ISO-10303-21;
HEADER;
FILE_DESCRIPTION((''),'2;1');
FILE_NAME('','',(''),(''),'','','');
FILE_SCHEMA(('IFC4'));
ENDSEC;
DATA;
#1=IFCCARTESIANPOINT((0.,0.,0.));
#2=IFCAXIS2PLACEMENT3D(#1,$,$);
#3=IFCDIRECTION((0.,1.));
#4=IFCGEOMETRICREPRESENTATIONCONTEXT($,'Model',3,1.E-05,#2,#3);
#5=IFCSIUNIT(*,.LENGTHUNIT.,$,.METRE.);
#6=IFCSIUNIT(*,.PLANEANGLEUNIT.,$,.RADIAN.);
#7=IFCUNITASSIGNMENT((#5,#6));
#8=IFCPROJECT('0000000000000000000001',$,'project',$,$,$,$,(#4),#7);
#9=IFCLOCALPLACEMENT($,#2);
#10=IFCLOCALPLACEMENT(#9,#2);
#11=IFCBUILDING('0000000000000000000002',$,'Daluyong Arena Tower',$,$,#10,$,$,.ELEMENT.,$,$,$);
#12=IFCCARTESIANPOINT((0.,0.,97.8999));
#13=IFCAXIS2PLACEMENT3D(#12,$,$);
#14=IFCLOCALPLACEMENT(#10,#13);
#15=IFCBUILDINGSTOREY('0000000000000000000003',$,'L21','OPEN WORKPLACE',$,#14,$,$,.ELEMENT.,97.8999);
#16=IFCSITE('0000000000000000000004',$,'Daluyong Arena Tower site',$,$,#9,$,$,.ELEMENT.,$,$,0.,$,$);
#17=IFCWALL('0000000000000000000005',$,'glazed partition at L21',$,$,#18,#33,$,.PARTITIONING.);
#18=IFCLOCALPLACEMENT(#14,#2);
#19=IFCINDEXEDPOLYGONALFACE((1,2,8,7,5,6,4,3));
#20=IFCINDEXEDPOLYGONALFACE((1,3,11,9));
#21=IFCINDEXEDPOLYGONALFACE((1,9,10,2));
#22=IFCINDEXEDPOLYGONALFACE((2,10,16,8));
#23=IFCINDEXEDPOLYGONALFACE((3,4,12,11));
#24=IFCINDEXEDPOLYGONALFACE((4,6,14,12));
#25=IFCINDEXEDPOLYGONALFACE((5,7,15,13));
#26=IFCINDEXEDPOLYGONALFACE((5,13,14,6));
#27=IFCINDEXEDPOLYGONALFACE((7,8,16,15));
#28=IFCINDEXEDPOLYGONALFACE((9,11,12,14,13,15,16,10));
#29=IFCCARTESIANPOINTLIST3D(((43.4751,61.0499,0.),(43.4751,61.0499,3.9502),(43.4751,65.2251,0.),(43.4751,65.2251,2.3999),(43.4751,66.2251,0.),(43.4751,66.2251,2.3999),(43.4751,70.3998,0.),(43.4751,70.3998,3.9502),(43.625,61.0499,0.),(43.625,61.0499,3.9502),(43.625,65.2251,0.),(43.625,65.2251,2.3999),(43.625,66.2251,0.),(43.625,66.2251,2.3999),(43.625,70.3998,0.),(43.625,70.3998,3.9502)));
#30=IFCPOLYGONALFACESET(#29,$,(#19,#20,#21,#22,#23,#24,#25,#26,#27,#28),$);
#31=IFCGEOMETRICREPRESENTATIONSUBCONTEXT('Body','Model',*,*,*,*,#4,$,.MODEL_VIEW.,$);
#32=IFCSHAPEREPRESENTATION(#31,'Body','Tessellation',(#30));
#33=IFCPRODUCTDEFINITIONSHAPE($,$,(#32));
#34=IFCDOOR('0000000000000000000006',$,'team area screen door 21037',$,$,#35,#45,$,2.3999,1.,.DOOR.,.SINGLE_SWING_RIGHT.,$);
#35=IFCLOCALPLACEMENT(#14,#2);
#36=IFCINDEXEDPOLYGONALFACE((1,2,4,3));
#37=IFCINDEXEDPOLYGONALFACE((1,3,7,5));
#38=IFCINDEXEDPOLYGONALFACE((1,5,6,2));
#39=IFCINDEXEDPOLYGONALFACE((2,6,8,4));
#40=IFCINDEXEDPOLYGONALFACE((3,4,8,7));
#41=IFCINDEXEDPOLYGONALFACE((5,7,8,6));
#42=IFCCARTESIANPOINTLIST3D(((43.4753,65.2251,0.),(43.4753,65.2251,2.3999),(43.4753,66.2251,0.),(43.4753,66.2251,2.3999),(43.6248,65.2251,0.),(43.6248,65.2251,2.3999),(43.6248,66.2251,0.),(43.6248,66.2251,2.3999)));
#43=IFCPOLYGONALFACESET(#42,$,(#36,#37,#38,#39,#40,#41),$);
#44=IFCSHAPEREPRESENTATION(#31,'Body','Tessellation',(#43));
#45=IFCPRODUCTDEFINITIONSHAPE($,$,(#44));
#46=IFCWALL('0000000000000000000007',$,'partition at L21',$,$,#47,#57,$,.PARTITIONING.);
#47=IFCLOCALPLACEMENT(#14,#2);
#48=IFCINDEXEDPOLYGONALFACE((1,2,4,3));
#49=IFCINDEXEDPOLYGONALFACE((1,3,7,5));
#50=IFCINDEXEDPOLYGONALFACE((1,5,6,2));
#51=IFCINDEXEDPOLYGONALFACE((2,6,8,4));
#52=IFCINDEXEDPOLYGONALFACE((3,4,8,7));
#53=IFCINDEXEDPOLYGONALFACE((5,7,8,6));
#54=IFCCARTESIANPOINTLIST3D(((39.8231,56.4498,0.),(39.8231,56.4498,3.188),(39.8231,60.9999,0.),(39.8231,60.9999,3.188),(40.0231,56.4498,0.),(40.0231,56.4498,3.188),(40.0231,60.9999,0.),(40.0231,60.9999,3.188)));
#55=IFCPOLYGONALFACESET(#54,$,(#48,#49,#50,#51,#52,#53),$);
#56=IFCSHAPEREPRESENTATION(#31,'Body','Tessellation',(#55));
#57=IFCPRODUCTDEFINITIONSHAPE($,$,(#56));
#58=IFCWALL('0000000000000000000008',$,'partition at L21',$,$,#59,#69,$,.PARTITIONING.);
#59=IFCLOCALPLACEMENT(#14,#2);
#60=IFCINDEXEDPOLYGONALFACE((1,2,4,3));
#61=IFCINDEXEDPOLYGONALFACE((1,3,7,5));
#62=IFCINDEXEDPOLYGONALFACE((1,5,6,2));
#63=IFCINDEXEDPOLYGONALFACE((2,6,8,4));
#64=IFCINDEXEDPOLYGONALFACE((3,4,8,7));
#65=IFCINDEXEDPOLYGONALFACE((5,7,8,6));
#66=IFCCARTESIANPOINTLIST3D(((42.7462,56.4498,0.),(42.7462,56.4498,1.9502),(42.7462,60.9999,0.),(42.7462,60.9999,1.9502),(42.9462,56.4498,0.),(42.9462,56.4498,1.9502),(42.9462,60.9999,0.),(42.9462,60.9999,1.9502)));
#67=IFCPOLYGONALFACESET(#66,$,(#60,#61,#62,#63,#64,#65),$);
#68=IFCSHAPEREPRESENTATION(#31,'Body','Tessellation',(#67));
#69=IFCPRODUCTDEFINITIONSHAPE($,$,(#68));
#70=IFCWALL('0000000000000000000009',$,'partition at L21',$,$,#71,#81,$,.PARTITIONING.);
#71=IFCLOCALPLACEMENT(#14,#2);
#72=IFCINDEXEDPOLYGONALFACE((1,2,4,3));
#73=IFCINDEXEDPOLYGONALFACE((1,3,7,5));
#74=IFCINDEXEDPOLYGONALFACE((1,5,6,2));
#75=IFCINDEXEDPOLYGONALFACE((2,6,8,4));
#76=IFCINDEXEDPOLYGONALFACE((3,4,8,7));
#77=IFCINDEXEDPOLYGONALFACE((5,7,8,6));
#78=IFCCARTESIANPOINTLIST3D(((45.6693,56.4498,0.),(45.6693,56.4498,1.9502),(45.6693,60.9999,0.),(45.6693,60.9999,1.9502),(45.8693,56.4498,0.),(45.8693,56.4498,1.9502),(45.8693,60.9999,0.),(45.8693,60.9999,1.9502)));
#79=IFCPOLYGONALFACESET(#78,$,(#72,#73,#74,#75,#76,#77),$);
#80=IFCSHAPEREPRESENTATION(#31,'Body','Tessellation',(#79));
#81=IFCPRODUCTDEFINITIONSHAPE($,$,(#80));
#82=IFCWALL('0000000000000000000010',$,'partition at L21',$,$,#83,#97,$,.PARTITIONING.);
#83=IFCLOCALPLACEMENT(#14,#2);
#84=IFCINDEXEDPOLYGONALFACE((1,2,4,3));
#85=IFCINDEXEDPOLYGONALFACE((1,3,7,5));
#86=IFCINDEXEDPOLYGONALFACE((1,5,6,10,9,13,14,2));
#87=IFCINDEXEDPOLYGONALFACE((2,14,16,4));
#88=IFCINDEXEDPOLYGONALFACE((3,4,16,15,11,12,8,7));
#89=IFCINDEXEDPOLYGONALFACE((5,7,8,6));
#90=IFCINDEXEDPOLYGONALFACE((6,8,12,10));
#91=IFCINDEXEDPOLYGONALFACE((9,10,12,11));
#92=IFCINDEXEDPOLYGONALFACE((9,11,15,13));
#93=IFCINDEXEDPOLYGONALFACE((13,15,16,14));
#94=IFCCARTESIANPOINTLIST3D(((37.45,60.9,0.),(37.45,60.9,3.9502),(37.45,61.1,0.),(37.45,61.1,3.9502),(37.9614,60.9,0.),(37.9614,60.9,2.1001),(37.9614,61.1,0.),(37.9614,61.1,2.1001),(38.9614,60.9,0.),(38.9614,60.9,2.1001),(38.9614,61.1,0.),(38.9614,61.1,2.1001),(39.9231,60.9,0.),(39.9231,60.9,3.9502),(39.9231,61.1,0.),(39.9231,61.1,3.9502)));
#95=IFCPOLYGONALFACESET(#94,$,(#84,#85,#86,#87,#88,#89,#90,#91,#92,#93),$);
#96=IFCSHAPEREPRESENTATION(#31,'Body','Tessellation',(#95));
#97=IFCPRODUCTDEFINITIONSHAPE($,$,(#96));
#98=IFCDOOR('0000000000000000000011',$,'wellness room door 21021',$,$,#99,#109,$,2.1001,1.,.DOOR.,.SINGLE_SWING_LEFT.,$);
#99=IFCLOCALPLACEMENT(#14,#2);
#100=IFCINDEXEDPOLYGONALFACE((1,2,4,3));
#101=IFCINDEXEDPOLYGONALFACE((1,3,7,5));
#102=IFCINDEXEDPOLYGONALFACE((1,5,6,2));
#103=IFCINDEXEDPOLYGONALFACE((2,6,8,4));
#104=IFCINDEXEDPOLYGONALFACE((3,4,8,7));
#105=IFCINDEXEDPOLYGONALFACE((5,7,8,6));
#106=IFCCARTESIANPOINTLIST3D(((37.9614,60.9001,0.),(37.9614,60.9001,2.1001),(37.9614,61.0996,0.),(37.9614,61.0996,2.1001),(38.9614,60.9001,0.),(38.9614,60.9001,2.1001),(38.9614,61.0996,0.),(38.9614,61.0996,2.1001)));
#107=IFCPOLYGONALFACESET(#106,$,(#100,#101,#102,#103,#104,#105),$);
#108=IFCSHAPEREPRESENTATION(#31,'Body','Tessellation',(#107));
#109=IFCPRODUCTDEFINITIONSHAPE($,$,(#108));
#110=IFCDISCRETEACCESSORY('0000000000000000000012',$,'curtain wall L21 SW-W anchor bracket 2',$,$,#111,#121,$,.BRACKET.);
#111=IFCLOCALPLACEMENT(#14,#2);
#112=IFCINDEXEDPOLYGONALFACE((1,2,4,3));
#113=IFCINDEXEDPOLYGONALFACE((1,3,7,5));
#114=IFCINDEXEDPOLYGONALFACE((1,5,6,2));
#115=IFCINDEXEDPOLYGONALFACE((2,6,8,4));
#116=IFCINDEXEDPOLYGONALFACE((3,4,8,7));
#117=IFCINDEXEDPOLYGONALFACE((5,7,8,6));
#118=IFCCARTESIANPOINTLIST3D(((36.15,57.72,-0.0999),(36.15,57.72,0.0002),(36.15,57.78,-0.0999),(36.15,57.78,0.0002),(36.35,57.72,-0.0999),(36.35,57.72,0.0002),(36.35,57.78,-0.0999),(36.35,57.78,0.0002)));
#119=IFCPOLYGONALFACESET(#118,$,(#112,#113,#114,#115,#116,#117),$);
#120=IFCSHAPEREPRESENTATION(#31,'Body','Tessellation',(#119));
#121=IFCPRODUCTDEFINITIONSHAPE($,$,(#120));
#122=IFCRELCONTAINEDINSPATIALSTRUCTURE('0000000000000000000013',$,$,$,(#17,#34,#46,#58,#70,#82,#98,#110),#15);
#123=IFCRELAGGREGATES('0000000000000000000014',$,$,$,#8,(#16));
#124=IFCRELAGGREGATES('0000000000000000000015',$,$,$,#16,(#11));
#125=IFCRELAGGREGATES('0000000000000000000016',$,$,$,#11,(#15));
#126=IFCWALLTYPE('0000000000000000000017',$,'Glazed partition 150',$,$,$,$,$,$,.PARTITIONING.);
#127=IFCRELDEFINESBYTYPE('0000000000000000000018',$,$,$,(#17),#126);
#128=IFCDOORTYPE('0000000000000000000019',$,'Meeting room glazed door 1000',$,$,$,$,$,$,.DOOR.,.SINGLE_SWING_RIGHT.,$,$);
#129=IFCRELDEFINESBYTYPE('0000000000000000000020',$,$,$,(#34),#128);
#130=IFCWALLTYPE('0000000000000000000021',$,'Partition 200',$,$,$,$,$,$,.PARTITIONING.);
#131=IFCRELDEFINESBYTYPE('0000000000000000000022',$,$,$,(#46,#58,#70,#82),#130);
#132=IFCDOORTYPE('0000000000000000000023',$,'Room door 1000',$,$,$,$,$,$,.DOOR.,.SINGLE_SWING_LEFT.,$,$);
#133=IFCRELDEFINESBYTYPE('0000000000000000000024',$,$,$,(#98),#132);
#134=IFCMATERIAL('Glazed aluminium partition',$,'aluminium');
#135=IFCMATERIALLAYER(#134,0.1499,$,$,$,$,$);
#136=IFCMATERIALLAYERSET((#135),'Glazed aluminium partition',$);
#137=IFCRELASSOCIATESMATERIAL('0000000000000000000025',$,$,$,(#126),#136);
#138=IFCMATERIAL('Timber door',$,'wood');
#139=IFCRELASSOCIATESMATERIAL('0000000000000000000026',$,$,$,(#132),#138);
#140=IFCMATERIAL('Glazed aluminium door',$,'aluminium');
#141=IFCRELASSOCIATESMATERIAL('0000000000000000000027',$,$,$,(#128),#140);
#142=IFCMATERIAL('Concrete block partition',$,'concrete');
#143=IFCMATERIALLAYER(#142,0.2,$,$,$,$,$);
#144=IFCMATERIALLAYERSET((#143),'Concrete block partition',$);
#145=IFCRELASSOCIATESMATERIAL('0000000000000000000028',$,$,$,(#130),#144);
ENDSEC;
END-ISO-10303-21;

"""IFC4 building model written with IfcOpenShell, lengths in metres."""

from ifc_helpers import new_model, si_unit, direction, frame, frame_2d, origin, origin_2d, place, context, subcontext, project, spatial, rectangle, extrude, material, layer, layer_set, type_object, element, fill, save


model = new_model("IFC4")

# Units and contexts
model_context = context("Model", 3, precision=1e-05, world=origin(), true_north=direction((0.0, 1.0)))
body_context = subcontext(model_context, "Body", "Model", "MODEL_VIEW")
ifc_project = project(units=[si_unit("LENGTHUNIT", "METRE"), si_unit("PLANEANGLEUNIT", "RADIAN")], contexts=[model_context])

# Site, building, storey
site_placement = place(None, origin())
site = spatial("IfcSite", under=ifc_project, at=site_placement, Name="Daluyong Arena Tower site", CompositionType="ELEMENT", RefElevation=0.0)
building_placement = place(site_placement, origin())
building = spatial("IfcBuilding", under=site, at=building_placement, Name="Daluyong Arena Tower", CompositionType="ELEMENT")
storey_placement = place(building_placement, frame((0.0, 0.0, 97.8999)))
storey = spatial("IfcBuildingStorey", under=building, at=storey_placement, Name="L21", Description="OPEN WORKPLACE", CompositionType="ELEMENT", Elevation=97.8999)

# Shared definitions
ifc_material_1 = material(Name="Glazed aluminium partition", Category="aluminium")
ifc_layer_1 = layer(ifc_material_1, 0.1499)
ifc_layer_set_1 = layer_set([ifc_layer_1], Name="Glazed aluminium partition")
wall_type_1 = type_object("IfcWallType", Name="Glazed partition 150", PredefinedType="PARTITIONING", material=ifc_layer_set_1)
ifc_material_2 = material(Name="Timber door", Category="wood")
door_type_1 = type_object("IfcDoorType", Name="Room door 1000", OperationType="SINGLE_SWING_LEFT", PredefinedType="DOOR", material=ifc_material_2)

# Wall, opening, door
wall_1_placement = place(storey_placement, frame((43.55, 61.05, 0.0), z_axis=(0.0, 0.0, 1.0), x_axis=(0.0, 1.0, 0.0)))
wall_1 = element("IfcWall", 1, at=wall_1_placement, inside=storey, type_object=wall_type_1, Name="glazed partition at L21", PredefinedType="PARTITIONING", context=body_context, shape_type="SweptSolid", body=[
    extrude(rectangle(XDim=9.3499, YDim=0.1499, at=frame_2d((4.6748, 0.0))), origin(), (0.0, 0.0, 1.0), 3.9502),
])
opening_1_placement = place(wall_1_placement, frame((4.175, 0.0, 0.0)))
opening_1 = element("IfcOpeningElement", 2, at=opening_1_placement, cuts=wall_1, PredefinedType="OPENING", context=body_context, shape_type="SweptSolid", body=[
    extrude(rectangle(XDim=1.0, YDim=2.3999, at=frame_2d((0.5, 1.2))), frame((0.0, 0.085, 0.0), z_axis=(0.0, -1.0, 0.0), x_axis=(1.0, 0.0, 0.0)), (0.0, 0.0, 1.0), 0.1699),
])
ifc_material_3 = material(Name="Glazed aluminium door", Category="aluminium")
door_type_2 = type_object("IfcDoorType", Name="Meeting room glazed door 1000", OperationType="SINGLE_SWING_RIGHT", PredefinedType="DOOR", material=ifc_material_3)
door_1_placement = place(opening_1_placement, origin())
door_1 = element("IfcDoor", 3, at=door_1_placement, inside=storey, type_object=door_type_2, Name="team area screen door 21037", OperationType="SINGLE_SWING_RIGHT", OverallHeight=2.3999, OverallWidth=1.0, PredefinedType="DOOR", context=body_context, shape_type="SweptSolid", body=[
    extrude(rectangle(XDim=1.0, YDim=2.3999, at=frame_2d((0.5, 1.2))), frame((0.0, 0.0747, 0.0), z_axis=(0.0, -1.0, 0.0), x_axis=(1.0, 0.0, 0.0)), (0.0, 0.0, 1.0), 0.1494),
])
fill(opening_1, door_1)

# Walls
ifc_material_4 = material(Name="Concrete block partition", Category="concrete")
ifc_layer_2 = layer(ifc_material_4, 0.2)
ifc_layer_set_2 = layer_set([ifc_layer_2], Name="Concrete block partition")
wall_type_2 = type_object("IfcWallType", Name="Partition 200", PredefinedType="PARTITIONING", material=ifc_layer_set_2)
wall_2_placement = place(storey_placement, frame((39.9231, 56.45, 0.0), z_axis=(0.0, 0.0, 1.0), x_axis=(0.0, 1.0, 0.0)))
element("IfcWall", 4, at=wall_2_placement, inside=storey, type_object=wall_type_2, Name="partition at L21", PredefinedType="PARTITIONING", context=body_context, shape_type="SweptSolid", body=[
    extrude(rectangle(XDim=4.55, YDim=0.2, at=frame_2d((2.2749, 0.0))), origin(), (0.0, 0.0, 1.0), 3.188),
])
for number, where, z_axis, x_axis, name in (
    (5, (42.8462, 56.45, 0.0), (0.0, 0.0, 1.0), (0.0, 1.0, 0.0), "partition at L21"),
    (6, (45.7693, 56.45, 0.0), (0.0, 0.0, 1.0), (0.0, 1.0, 0.0), "partition at L21"),
):
    element("IfcWall", number, at=place(storey_placement, frame(where, z_axis=z_axis, x_axis=x_axis)), inside=storey, type_object=wall_type_2, Name=name, PredefinedType="PARTITIONING", context=body_context, shape_type="SweptSolid", body=[
        extrude(rectangle(XDim=4.55, YDim=0.2, at=frame_2d((2.2749, 0.0))), origin(), (0.0, 0.0, 1.0), 1.9502),
    ])

# Wall, opening, door
wall_3_placement = place(storey_placement, frame((37.45, 61.0, 0.0), z_axis=(0.0, 0.0, 1.0), x_axis=(1.0, 0.0, 0.0)))
wall_3 = element("IfcWall", 7, at=wall_3_placement, inside=storey, type_object=wall_type_2, Name="partition at L21", PredefinedType="PARTITIONING", context=body_context, shape_type="SweptSolid", body=[
    extrude(rectangle(XDim=2.4731, YDim=0.2, at=frame_2d((1.2366, 0.0))), origin(), (0.0, 0.0, 1.0), 3.9502),
])
opening_2_placement = place(wall_3_placement, frame((0.5115, 0.0, 0.0)))
opening_2 = element("IfcOpeningElement", 8, at=opening_2_placement, cuts=wall_3, PredefinedType="OPENING", context=body_context, shape_type="SweptSolid", body=[
    extrude(rectangle(XDim=1.0, YDim=2.1001, at=frame_2d((0.5, 1.05))), frame((0.0, 0.1099, 0.0), z_axis=(0.0, -1.0, 0.0), x_axis=(1.0, 0.0, 0.0)), (0.0, 0.0, 1.0), 0.22),
])
door_2_placement = place(opening_2_placement, origin())
door_2 = element("IfcDoor", 9, at=door_2_placement, inside=storey, type_object=door_type_1, Name="wellness room door 21021", OperationType="SINGLE_SWING_LEFT", OverallHeight=2.1001, OverallWidth=1.0, PredefinedType="DOOR", context=body_context, shape_type="SweptSolid", body=[
    extrude(rectangle(XDim=1.0, YDim=2.1001, at=frame_2d((0.5, 1.05))), frame((0.0, 0.0996, 0.0), z_axis=(0.0, -1.0, 0.0), x_axis=(1.0, 0.0, 0.0)), (0.0, 0.0, 1.0), 0.1995),
])
fill(opening_2, door_2)

# Discrete accessory
discrete_accessory_placement = place(storey_placement, frame((36.25, 57.75, -0.0999), z_axis=(0.0, 0.0, 1.0), x_axis=(0.0, -1.0, 0.0)))
element("IfcDiscreteAccessory", 10, at=discrete_accessory_placement, inside=storey, Name="curtain wall L21 SW-W anchor bracket 2", PredefinedType="BRACKET", context=body_context, shape_type="SweptSolid", body=[
    extrude(rectangle(XDim=0.0601, YDim=0.2, at=origin_2d()), origin(), (0.0, 0.0, 1.0), 0.1001),
])

save(model, "model.ifc")
